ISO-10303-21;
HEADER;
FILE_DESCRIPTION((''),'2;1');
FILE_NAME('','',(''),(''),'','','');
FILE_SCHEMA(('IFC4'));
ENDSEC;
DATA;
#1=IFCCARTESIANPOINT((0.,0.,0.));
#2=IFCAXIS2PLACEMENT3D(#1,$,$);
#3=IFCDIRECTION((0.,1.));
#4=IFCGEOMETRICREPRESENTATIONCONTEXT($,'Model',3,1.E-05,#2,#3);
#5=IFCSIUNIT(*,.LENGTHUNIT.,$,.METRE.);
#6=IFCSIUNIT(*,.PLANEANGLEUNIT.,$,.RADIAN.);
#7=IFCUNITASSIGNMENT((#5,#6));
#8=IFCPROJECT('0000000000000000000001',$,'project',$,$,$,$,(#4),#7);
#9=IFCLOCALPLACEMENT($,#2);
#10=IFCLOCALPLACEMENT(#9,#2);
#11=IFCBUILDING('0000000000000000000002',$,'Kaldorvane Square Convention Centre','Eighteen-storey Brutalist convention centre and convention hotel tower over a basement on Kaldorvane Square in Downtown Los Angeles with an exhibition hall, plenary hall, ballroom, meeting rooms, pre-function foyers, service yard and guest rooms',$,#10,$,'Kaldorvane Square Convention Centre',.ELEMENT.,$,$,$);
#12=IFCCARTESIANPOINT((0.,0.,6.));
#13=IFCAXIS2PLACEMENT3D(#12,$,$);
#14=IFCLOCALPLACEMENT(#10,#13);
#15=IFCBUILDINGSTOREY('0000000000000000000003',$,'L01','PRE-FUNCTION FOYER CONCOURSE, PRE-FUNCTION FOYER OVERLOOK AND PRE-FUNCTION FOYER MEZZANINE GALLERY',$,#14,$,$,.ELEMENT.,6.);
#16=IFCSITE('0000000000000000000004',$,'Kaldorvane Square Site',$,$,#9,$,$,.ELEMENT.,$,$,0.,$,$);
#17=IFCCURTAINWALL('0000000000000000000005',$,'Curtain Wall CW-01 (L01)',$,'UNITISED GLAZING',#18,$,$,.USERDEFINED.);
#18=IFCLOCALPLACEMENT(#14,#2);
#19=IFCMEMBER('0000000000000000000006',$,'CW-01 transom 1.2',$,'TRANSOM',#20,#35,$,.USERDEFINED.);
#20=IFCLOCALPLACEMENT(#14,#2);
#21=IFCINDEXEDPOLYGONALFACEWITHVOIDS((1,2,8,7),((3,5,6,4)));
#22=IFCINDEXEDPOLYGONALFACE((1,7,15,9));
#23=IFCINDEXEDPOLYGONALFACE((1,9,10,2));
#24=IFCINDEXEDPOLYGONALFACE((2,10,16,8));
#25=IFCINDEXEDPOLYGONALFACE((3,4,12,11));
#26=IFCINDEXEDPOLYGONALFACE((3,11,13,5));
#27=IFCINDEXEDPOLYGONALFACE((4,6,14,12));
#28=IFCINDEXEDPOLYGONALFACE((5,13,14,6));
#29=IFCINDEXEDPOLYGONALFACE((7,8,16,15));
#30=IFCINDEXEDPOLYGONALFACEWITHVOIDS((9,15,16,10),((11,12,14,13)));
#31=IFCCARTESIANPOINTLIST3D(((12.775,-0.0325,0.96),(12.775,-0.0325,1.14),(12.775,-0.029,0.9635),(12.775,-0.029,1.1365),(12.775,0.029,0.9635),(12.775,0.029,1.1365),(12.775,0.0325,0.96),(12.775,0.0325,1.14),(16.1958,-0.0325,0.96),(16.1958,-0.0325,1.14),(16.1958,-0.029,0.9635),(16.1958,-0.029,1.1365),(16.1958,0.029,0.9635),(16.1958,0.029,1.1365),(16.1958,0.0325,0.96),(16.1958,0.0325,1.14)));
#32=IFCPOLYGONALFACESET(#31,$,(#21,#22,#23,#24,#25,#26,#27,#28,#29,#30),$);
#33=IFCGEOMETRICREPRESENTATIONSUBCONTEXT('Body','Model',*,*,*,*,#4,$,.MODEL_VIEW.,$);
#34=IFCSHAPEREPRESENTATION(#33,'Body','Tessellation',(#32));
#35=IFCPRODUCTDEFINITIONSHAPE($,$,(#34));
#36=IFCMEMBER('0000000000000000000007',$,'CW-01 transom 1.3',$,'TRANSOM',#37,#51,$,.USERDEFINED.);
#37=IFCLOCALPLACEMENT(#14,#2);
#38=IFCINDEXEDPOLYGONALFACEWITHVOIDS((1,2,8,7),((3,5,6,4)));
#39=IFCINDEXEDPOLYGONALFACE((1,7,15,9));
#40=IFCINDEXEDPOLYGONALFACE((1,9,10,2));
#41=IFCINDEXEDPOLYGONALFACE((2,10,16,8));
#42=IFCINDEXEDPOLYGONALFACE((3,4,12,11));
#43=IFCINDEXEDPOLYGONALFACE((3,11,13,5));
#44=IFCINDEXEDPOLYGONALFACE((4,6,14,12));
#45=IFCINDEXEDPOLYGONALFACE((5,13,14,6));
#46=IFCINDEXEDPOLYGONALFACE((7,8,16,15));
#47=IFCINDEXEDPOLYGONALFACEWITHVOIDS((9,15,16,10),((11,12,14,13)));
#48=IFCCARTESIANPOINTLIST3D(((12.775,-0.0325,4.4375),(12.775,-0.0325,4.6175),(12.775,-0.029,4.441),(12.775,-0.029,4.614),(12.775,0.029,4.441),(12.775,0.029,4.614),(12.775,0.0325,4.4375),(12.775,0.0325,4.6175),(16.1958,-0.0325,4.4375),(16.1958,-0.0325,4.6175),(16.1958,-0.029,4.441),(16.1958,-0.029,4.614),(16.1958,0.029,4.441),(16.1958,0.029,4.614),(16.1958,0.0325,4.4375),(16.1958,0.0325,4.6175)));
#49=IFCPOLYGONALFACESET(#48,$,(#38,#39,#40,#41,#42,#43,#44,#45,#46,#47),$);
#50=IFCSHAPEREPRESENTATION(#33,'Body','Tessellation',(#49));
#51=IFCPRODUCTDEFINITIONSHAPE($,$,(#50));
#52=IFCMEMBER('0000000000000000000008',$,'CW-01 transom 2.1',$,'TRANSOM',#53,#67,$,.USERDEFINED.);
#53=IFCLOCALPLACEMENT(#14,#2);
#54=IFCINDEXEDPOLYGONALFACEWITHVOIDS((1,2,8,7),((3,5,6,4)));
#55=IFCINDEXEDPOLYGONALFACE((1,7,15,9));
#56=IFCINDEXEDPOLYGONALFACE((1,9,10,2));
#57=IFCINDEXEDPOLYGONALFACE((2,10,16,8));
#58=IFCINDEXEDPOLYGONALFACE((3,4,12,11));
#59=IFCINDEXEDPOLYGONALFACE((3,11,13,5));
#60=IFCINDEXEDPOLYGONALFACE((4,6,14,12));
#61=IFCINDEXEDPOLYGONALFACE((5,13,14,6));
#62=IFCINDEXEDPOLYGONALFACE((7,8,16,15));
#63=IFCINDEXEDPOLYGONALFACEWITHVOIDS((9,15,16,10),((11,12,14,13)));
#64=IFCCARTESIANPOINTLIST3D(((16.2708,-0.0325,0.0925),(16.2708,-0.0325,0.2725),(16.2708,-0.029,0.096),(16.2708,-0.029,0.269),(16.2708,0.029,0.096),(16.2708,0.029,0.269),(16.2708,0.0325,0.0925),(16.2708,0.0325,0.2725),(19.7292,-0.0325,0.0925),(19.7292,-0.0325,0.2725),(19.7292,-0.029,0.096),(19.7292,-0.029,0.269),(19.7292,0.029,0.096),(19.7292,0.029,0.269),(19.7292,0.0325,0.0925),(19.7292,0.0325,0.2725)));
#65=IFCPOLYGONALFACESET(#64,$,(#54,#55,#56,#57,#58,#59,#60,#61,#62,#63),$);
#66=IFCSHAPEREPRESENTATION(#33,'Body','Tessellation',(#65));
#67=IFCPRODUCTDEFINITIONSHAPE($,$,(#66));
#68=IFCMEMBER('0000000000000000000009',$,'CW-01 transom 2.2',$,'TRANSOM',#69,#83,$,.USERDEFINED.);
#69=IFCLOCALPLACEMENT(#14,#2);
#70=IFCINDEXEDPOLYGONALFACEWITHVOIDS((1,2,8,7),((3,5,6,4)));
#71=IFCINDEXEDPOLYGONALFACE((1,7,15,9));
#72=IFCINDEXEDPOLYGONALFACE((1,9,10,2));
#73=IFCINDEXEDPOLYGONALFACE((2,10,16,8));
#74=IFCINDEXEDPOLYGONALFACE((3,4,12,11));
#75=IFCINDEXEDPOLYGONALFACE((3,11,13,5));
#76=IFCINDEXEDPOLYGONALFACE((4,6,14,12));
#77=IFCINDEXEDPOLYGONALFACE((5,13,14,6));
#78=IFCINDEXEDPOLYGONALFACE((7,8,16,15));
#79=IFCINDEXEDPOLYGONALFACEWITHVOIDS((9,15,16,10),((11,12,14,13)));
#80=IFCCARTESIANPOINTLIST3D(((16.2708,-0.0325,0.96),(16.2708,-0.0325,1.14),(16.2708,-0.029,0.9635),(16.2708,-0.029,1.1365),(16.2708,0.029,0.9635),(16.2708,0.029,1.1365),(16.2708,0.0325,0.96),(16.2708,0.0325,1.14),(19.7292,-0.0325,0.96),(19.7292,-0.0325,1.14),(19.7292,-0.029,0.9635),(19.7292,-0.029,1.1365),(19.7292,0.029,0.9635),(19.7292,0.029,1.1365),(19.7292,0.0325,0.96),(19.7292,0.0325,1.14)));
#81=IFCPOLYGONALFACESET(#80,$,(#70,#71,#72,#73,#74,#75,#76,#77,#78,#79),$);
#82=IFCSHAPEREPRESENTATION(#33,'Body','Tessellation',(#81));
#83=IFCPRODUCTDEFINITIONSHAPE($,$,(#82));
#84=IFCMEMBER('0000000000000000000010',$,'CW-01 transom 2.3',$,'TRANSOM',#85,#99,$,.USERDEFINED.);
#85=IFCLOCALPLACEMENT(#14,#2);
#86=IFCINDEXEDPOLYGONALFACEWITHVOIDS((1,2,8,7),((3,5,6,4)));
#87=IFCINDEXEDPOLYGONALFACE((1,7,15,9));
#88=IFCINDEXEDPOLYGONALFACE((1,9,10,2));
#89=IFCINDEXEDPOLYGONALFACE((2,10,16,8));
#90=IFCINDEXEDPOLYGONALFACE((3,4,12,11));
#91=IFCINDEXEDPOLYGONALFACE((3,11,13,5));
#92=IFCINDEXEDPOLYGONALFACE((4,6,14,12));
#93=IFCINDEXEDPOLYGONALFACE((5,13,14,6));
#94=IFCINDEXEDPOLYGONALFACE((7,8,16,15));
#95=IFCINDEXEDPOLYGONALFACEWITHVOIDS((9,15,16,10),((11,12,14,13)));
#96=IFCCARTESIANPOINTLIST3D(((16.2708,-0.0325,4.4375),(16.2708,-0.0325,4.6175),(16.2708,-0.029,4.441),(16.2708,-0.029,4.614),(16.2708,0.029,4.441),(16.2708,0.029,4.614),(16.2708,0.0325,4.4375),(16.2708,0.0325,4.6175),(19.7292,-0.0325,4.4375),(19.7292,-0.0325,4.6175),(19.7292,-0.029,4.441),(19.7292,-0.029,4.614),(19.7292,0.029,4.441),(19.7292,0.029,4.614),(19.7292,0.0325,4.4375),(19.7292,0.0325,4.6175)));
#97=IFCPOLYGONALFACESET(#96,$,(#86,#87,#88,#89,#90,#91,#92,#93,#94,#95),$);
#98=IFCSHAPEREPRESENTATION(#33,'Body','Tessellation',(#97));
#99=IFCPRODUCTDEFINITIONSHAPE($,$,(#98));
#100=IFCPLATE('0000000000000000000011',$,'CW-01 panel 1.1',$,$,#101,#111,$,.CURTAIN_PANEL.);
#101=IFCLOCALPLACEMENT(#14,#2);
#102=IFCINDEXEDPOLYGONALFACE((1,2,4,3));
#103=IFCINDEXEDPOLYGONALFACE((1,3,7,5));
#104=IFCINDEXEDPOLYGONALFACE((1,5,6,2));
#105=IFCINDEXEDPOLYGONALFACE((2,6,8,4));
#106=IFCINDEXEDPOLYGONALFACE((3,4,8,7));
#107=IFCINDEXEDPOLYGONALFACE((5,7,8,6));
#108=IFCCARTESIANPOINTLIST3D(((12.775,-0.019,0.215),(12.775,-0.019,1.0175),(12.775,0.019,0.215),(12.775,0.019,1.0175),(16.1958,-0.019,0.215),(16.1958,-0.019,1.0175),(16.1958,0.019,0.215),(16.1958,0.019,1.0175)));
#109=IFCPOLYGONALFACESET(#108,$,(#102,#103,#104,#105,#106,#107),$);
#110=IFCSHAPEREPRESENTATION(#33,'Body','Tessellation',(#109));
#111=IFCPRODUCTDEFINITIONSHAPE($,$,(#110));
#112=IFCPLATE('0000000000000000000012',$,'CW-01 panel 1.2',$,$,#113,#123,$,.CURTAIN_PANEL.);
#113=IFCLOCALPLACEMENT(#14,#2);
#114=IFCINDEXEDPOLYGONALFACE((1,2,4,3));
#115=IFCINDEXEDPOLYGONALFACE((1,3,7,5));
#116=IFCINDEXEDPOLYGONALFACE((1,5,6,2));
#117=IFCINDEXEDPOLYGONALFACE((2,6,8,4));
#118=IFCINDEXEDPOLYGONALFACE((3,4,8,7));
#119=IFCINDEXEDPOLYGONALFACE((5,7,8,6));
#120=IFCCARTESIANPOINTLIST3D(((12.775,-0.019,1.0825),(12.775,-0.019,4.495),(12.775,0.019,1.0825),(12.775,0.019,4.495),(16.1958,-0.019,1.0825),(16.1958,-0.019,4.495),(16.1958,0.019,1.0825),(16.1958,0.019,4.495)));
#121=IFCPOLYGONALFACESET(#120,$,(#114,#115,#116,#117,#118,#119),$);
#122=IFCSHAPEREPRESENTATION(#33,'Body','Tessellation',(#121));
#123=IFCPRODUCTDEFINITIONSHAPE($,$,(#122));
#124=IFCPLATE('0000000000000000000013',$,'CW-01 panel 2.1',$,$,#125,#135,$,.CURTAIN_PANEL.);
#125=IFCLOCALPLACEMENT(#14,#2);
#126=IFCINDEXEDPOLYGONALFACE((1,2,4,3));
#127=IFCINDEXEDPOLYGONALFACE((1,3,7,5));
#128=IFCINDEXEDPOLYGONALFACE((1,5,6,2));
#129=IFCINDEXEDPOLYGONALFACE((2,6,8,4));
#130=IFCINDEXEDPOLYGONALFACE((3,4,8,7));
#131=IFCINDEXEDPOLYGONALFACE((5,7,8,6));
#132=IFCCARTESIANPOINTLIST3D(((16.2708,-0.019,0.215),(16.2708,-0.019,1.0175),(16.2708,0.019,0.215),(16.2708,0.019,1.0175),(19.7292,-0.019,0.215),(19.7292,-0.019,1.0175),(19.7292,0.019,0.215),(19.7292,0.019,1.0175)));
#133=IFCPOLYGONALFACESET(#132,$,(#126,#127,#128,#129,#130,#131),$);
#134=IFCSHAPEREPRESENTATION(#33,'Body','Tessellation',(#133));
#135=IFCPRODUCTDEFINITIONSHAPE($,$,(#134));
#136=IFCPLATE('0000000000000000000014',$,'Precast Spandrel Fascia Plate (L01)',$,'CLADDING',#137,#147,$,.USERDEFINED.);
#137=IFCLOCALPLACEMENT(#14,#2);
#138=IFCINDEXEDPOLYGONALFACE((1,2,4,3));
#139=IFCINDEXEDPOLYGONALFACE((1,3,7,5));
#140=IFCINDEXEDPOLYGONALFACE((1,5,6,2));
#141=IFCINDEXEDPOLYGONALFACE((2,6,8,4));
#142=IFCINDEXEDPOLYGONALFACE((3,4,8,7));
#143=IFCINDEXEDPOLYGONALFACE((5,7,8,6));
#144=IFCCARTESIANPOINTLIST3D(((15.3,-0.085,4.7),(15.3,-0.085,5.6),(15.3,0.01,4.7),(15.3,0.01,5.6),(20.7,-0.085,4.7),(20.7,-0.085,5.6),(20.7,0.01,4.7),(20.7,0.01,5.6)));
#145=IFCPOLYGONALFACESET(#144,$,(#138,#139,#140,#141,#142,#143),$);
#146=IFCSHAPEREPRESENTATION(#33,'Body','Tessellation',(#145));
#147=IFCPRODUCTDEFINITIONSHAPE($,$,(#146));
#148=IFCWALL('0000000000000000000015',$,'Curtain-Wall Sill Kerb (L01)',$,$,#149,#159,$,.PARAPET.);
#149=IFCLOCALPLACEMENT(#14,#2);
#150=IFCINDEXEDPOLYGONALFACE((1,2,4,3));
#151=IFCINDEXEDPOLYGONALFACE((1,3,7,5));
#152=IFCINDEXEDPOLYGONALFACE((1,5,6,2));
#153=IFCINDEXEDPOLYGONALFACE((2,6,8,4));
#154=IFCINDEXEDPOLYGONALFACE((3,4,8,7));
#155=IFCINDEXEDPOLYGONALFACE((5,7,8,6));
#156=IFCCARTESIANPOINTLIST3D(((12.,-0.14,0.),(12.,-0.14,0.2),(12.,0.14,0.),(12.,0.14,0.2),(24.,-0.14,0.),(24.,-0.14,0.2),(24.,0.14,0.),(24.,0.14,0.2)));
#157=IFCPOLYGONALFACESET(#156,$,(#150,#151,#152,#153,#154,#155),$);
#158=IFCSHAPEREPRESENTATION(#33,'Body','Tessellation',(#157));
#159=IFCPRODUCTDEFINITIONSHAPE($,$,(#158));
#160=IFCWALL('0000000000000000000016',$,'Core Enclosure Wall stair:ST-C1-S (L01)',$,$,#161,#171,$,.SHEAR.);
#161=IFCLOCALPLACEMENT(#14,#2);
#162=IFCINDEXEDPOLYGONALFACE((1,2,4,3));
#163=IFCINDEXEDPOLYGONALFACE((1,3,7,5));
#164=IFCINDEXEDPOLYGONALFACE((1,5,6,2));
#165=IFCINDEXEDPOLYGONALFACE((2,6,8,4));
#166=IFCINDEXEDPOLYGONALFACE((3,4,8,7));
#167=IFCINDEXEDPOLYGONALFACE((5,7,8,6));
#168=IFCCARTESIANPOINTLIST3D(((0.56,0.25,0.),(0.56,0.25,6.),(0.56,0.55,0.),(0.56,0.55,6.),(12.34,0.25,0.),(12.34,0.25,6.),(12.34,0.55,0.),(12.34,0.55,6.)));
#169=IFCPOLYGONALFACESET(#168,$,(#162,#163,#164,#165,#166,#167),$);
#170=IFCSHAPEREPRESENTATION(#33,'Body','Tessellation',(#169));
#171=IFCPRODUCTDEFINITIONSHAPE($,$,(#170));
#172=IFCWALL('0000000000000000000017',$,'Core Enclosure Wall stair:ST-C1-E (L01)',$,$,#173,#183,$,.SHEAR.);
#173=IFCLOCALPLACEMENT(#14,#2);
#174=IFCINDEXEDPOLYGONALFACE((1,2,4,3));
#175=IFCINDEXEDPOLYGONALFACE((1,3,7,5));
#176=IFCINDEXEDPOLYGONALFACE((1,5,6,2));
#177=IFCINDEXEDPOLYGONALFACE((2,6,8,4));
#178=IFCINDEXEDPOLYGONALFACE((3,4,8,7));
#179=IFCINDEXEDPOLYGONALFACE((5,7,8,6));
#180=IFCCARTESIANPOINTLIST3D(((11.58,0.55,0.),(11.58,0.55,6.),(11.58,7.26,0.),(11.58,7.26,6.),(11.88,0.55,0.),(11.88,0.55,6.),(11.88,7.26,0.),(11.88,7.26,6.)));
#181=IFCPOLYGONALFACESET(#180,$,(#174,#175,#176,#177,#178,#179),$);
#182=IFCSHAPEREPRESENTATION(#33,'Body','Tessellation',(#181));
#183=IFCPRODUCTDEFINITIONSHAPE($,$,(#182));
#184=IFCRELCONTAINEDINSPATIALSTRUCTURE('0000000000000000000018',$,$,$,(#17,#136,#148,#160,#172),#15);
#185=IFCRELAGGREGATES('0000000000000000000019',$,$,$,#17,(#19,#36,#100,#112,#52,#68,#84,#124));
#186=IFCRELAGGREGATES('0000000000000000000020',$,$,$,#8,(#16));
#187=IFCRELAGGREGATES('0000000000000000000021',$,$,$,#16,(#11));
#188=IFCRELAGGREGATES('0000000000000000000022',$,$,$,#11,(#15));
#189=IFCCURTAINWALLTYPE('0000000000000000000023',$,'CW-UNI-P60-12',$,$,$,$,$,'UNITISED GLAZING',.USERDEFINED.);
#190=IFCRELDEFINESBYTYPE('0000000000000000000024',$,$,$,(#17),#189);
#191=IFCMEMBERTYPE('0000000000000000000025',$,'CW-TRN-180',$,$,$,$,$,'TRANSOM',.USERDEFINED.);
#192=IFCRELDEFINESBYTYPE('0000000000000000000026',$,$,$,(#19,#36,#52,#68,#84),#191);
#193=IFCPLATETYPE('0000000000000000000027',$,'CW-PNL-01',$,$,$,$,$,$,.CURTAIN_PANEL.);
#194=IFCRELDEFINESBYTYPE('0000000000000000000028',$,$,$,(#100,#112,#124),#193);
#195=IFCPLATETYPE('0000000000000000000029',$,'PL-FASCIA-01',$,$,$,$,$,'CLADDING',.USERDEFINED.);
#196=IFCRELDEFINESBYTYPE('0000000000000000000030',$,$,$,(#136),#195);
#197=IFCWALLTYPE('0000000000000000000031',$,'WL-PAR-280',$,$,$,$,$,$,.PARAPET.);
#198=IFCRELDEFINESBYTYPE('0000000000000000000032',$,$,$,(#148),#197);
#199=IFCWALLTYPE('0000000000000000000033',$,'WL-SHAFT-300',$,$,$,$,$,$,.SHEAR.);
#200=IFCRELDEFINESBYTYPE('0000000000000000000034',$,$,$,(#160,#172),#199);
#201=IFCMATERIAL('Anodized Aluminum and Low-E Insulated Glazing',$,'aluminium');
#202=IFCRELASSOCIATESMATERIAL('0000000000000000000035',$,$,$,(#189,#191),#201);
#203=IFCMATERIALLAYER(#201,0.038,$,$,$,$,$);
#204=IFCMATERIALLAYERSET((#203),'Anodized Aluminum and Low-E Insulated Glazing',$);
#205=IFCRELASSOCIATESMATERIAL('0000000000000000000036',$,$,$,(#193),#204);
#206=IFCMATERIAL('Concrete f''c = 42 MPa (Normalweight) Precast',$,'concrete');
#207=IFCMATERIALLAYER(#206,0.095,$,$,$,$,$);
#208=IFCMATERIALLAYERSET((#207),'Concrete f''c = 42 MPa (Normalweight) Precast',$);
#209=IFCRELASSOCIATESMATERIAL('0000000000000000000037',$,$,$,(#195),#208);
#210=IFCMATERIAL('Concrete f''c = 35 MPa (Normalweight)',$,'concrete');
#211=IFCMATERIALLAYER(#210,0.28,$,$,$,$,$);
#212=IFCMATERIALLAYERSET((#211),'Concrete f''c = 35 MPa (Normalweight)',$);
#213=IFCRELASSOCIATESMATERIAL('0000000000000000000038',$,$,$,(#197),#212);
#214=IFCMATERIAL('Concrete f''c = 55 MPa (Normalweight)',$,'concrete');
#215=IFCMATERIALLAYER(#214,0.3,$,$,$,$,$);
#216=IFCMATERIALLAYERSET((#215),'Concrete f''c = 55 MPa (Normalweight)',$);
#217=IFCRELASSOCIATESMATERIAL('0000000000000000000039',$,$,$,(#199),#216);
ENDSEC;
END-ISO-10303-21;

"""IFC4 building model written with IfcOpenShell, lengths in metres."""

from ifc_helpers import new_model, si_unit, direction, frame, frame_2d, origin, origin_2d, place, context, subcontext, project, spatial, rectangle, hollow_rectangle, extrude, material, layer, layer_set, material_profile, profile_set, type_object, element, aggregate, save


model = new_model("IFC4")

# Units and contexts
model_context = context("Model", 3, precision=1e-05, world=origin(), true_north=direction((0.0, 1.0)))
body_context = subcontext(model_context, "Body", "Model", "MODEL_VIEW")
ifc_project = project(units=[si_unit("LENGTHUNIT", "METRE"), si_unit("PLANEANGLEUNIT", "RADIAN")], contexts=[model_context])

# Site, building, storey
site_placement = place(None, origin())
site = spatial("IfcSite", under=ifc_project, at=site_placement, Name="Kaldorvane Square Site", CompositionType="ELEMENT", RefElevation=0.0)
building_placement = place(site_placement, origin())
building = spatial("IfcBuilding", under=site, at=building_placement, Name="Kaldorvane Square Convention Centre", Description="Eighteen-storey Brutalist convention centre and convention hotel tower over a basement on Kaldorvane Square in Downtown Los Angeles with an exhibition hall, plenary hall, ballroom, meeting rooms, pre-function foyers, service yard and guest rooms", LongName="Kaldorvane Square Convention Centre", CompositionType="ELEMENT")
storey_placement = place(building_placement, frame((0.0, 0.0, 6.0)))
storey = spatial("IfcBuildingStorey", under=building, at=storey_placement, Name="L01", Description="PRE-FUNCTION FOYER CONCOURSE, PRE-FUNCTION FOYER OVERLOOK AND PRE-FUNCTION FOYER MEZZANINE GALLERY", CompositionType="ELEMENT", Elevation=6.0)

# Shared definitions
ifc_material_1 = material(Name="Concrete f'c = 55 MPa (Normalweight)", Category="concrete")

# Curtain wall, members, plates
ifc_material_2 = material(Name="Anodized Aluminum and Low-E Insulated Glazing", Category="aluminium")
curtain_wall_type = type_object("IfcCurtainWallType", Name="CW-UNI-P60-12", ElementType="UNITISED GLAZING", PredefinedType="USERDEFINED", material=ifc_material_2)
curtain_wall_placement = place(storey_placement, origin())
curtain_wall = element("IfcCurtainWall", 1, at=curtain_wall_placement, inside=storey, type_object=curtain_wall_type, Name="Curtain Wall CW-01 (L01)", ObjectType="UNITISED GLAZING", PredefinedType="USERDEFINED")
ifc_material_profile_1 = material_profile(ifc_material_2, hollow_rectangle(XDim=0.065, YDim=0.18, WallThickness=0.0035, at=origin_2d()), Name="CWT-180X65")
ifc_profile_set_1 = profile_set([ifc_material_profile_1], Name="Anodized Aluminum and Low-E Insulated Glazing")
member_type_1 = type_object("IfcMemberType", Name="CW-TRN-180", ElementType="TRANSOM", PredefinedType="USERDEFINED", material=ifc_profile_set_1)
member_1_placement = place(storey_placement, frame((12.775, 0.0, 1.05), z_axis=(1.0, 0.0, 0.0), x_axis=(0.0, 1.0, 0.0)))
member_1 = element("IfcMember", 2, at=member_1_placement, type_object=member_type_1, Name="CW-01 transom 1.2", ObjectType="TRANSOM", PredefinedType="USERDEFINED", context=body_context, shape_type="SweptSolid", body=[
    extrude(hollow_rectangle(XDim=0.065, YDim=0.18, WallThickness=0.0035, at=origin_2d()), origin(), (0.0, 0.0, 1.0), 3.4208),
])
member_2_placement = place(storey_placement, frame((12.775, 0.0, 4.5275), z_axis=(1.0, 0.0, 0.0), x_axis=(0.0, 1.0, 0.0)))
member_2 = element("IfcMember", 3, at=member_2_placement, type_object=member_type_1, Name="CW-01 transom 1.3", ObjectType="TRANSOM", PredefinedType="USERDEFINED", context=body_context, shape_type="SweptSolid", body=[
    extrude(hollow_rectangle(XDim=0.065, YDim=0.18, WallThickness=0.0035, at=origin_2d()), origin(), (0.0, 0.0, 1.0), 3.4208),
])
member_3_placement = place(storey_placement, frame((16.2708, 0.0, 0.1825), z_axis=(1.0, 0.0, 0.0), x_axis=(0.0, 1.0, 0.0)))
member_3 = element("IfcMember", 4, at=member_3_placement, type_object=member_type_1, Name="CW-01 transom 2.1", ObjectType="TRANSOM", PredefinedType="USERDEFINED", context=body_context, shape_type="SweptSolid", body=[
    extrude(hollow_rectangle(XDim=0.065, YDim=0.18, WallThickness=0.0035, at=origin_2d()), origin(), (0.0, 0.0, 1.0), 3.4583),
])
member_4_placement = place(storey_placement, frame((16.2708, 0.0, 1.05), z_axis=(1.0, 0.0, 0.0), x_axis=(0.0, 1.0, 0.0)))
member_4 = element("IfcMember", 5, at=member_4_placement, type_object=member_type_1, Name="CW-01 transom 2.2", ObjectType="TRANSOM", PredefinedType="USERDEFINED", context=body_context, shape_type="SweptSolid", body=[
    extrude(hollow_rectangle(XDim=0.065, YDim=0.18, WallThickness=0.0035, at=origin_2d()), origin(), (0.0, 0.0, 1.0), 3.4583),
])
member_5_placement = place(storey_placement, frame((16.2708, 0.0, 4.5275), z_axis=(1.0, 0.0, 0.0), x_axis=(0.0, 1.0, 0.0)))
member_5 = element("IfcMember", 6, at=member_5_placement, type_object=member_type_1, Name="CW-01 transom 2.3", ObjectType="TRANSOM", PredefinedType="USERDEFINED", context=body_context, shape_type="SweptSolid", body=[
    extrude(hollow_rectangle(XDim=0.065, YDim=0.18, WallThickness=0.0035, at=origin_2d()), origin(), (0.0, 0.0, 1.0), 3.4583),
])
ifc_layer_1 = layer(ifc_material_2, 0.038)
ifc_layer_set_1 = layer_set([ifc_layer_1], Name="Anodized Aluminum and Low-E Insulated Glazing")
plate_type_1 = type_object("IfcPlateType", Name="CW-PNL-01", PredefinedType="CURTAIN_PANEL", material=ifc_layer_set_1)
plate_1_placement = place(storey_placement, frame((14.4854, 0.0, 0.215), z_axis=(0.0, 0.0, 1.0), x_axis=(1.0, 0.0, 0.0)))
plate_1 = element("IfcPlate", 7, at=plate_1_placement, type_object=plate_type_1, Name="CW-01 panel 1.1", PredefinedType="CURTAIN_PANEL", context=body_context, shape_type="SweptSolid", body=[
    extrude(rectangle(XDim=3.4208, YDim=0.038, at=origin_2d()), origin(), (0.0, 0.0, 1.0), 0.8025),
])
plate_2_placement = place(storey_placement, frame((14.4854, 0.0, 1.0825), z_axis=(0.0, 0.0, 1.0), x_axis=(1.0, 0.0, 0.0)))
plate_2 = element("IfcPlate", 8, at=plate_2_placement, type_object=plate_type_1, Name="CW-01 panel 1.2", PredefinedType="CURTAIN_PANEL", context=body_context, shape_type="SweptSolid", body=[
    extrude(rectangle(XDim=3.4208, YDim=0.038, at=origin_2d()), origin(), (0.0, 0.0, 1.0), 3.4125),
])
plate_3_placement = place(storey_placement, frame((18.0, 0.0, 0.215), z_axis=(0.0, 0.0, 1.0), x_axis=(1.0, 0.0, 0.0)))
plate_3 = element("IfcPlate", 9, at=plate_3_placement, type_object=plate_type_1, Name="CW-01 panel 2.1", PredefinedType="CURTAIN_PANEL", context=body_context, shape_type="SweptSolid", body=[
    extrude(rectangle(XDim=3.4583, YDim=0.038, at=origin_2d()), origin(), (0.0, 0.0, 1.0), 0.8025),
])
aggregate(curtain_wall, [member_1, member_2, plate_1, plate_2, member_3, member_4, member_5, plate_3])

# Plate
ifc_material_3 = material(Name="Concrete f'c = 42 MPa (Normalweight) Precast", Category="concrete")
ifc_layer_2 = layer(ifc_material_3, 0.095)
ifc_layer_set_2 = layer_set([ifc_layer_2], Name="Concrete f'c = 42 MPa (Normalweight) Precast")
plate_type_2 = type_object("IfcPlateType", Name="PL-FASCIA-01", ElementType="CLADDING", PredefinedType="USERDEFINED", material=ifc_layer_set_2)
plate_4_placement = place(storey_placement, frame((18.0, -0.0375, 4.7), z_axis=(0.0, 0.0, 1.0), x_axis=(1.0, 0.0, 0.0)))
element("IfcPlate", 10, at=plate_4_placement, inside=storey, type_object=plate_type_2, Name="Precast Spandrel Fascia Plate (L01)", ObjectType="CLADDING", PredefinedType="USERDEFINED", context=body_context, shape_type="SweptSolid", body=[
    extrude(rectangle(XDim=5.4, YDim=0.095, at=origin_2d()), origin(), (0.0, 0.0, 1.0), 0.9),
])

# Walls
ifc_material_4 = material(Name="Concrete f'c = 35 MPa (Normalweight)", Category="concrete")
ifc_layer_3 = layer(ifc_material_4, 0.28)
ifc_layer_set_3 = layer_set([ifc_layer_3], Name="Concrete f'c = 35 MPa (Normalweight)")
wall_type_1 = type_object("IfcWallType", Name="WL-PAR-280", PredefinedType="PARAPET", material=ifc_layer_set_3)
wall_1_placement = place(storey_placement, frame((12.0, 0.0, 0.0), z_axis=(0.0, 0.0, 1.0), x_axis=(1.0, 0.0, 0.0)))
element("IfcWall", 11, at=wall_1_placement, inside=storey, type_object=wall_type_1, Name="Curtain-Wall Sill Kerb (L01)", PredefinedType="PARAPET", context=body_context, shape_type="SweptSolid", body=[
    extrude(rectangle(XDim=12.0, YDim=0.28, at=frame_2d((6.0, 0.0))), origin(), (0.0, 0.0, 1.0), 0.2),
])
ifc_layer_4 = layer(ifc_material_1, 0.3)
ifc_layer_set_4 = layer_set([ifc_layer_4], Name="Concrete f'c = 55 MPa (Normalweight)")
wall_type_2 = type_object("IfcWallType", Name="WL-SHAFT-300", PredefinedType="SHEAR", material=ifc_layer_set_4)
wall_2_placement = place(storey_placement, frame((12.34, 0.4, 0.0), z_axis=(0.0, 0.0, 1.0), x_axis=(-1.0, 0.0, 0.0)))
element("IfcWall", 12, at=wall_2_placement, inside=storey, type_object=wall_type_2, Name="Core Enclosure Wall stair:ST-C1-S (L01)", PredefinedType="SHEAR", context=body_context, shape_type="SweptSolid", body=[
    extrude(rectangle(XDim=11.78, YDim=0.3, at=frame_2d((5.89, 0.0))), origin(), (0.0, 0.0, 1.0), 6.0),
])
wall_3_placement = place(storey_placement, frame((11.73, 0.55, 0.0), z_axis=(0.0, 0.0, 1.0), x_axis=(0.0, 1.0, 0.0)))
element("IfcWall", 13, at=wall_3_placement, inside=storey, type_object=wall_type_2, Name="Core Enclosure Wall stair:ST-C1-E (L01)", PredefinedType="SHEAR", context=body_context, shape_type="SweptSolid", body=[
    extrude(rectangle(XDim=6.71, YDim=0.3, at=frame_2d((3.355, 0.0))), origin(), (0.0, 0.0, 1.0), 6.0),
])

save(model, "model.ifc")
